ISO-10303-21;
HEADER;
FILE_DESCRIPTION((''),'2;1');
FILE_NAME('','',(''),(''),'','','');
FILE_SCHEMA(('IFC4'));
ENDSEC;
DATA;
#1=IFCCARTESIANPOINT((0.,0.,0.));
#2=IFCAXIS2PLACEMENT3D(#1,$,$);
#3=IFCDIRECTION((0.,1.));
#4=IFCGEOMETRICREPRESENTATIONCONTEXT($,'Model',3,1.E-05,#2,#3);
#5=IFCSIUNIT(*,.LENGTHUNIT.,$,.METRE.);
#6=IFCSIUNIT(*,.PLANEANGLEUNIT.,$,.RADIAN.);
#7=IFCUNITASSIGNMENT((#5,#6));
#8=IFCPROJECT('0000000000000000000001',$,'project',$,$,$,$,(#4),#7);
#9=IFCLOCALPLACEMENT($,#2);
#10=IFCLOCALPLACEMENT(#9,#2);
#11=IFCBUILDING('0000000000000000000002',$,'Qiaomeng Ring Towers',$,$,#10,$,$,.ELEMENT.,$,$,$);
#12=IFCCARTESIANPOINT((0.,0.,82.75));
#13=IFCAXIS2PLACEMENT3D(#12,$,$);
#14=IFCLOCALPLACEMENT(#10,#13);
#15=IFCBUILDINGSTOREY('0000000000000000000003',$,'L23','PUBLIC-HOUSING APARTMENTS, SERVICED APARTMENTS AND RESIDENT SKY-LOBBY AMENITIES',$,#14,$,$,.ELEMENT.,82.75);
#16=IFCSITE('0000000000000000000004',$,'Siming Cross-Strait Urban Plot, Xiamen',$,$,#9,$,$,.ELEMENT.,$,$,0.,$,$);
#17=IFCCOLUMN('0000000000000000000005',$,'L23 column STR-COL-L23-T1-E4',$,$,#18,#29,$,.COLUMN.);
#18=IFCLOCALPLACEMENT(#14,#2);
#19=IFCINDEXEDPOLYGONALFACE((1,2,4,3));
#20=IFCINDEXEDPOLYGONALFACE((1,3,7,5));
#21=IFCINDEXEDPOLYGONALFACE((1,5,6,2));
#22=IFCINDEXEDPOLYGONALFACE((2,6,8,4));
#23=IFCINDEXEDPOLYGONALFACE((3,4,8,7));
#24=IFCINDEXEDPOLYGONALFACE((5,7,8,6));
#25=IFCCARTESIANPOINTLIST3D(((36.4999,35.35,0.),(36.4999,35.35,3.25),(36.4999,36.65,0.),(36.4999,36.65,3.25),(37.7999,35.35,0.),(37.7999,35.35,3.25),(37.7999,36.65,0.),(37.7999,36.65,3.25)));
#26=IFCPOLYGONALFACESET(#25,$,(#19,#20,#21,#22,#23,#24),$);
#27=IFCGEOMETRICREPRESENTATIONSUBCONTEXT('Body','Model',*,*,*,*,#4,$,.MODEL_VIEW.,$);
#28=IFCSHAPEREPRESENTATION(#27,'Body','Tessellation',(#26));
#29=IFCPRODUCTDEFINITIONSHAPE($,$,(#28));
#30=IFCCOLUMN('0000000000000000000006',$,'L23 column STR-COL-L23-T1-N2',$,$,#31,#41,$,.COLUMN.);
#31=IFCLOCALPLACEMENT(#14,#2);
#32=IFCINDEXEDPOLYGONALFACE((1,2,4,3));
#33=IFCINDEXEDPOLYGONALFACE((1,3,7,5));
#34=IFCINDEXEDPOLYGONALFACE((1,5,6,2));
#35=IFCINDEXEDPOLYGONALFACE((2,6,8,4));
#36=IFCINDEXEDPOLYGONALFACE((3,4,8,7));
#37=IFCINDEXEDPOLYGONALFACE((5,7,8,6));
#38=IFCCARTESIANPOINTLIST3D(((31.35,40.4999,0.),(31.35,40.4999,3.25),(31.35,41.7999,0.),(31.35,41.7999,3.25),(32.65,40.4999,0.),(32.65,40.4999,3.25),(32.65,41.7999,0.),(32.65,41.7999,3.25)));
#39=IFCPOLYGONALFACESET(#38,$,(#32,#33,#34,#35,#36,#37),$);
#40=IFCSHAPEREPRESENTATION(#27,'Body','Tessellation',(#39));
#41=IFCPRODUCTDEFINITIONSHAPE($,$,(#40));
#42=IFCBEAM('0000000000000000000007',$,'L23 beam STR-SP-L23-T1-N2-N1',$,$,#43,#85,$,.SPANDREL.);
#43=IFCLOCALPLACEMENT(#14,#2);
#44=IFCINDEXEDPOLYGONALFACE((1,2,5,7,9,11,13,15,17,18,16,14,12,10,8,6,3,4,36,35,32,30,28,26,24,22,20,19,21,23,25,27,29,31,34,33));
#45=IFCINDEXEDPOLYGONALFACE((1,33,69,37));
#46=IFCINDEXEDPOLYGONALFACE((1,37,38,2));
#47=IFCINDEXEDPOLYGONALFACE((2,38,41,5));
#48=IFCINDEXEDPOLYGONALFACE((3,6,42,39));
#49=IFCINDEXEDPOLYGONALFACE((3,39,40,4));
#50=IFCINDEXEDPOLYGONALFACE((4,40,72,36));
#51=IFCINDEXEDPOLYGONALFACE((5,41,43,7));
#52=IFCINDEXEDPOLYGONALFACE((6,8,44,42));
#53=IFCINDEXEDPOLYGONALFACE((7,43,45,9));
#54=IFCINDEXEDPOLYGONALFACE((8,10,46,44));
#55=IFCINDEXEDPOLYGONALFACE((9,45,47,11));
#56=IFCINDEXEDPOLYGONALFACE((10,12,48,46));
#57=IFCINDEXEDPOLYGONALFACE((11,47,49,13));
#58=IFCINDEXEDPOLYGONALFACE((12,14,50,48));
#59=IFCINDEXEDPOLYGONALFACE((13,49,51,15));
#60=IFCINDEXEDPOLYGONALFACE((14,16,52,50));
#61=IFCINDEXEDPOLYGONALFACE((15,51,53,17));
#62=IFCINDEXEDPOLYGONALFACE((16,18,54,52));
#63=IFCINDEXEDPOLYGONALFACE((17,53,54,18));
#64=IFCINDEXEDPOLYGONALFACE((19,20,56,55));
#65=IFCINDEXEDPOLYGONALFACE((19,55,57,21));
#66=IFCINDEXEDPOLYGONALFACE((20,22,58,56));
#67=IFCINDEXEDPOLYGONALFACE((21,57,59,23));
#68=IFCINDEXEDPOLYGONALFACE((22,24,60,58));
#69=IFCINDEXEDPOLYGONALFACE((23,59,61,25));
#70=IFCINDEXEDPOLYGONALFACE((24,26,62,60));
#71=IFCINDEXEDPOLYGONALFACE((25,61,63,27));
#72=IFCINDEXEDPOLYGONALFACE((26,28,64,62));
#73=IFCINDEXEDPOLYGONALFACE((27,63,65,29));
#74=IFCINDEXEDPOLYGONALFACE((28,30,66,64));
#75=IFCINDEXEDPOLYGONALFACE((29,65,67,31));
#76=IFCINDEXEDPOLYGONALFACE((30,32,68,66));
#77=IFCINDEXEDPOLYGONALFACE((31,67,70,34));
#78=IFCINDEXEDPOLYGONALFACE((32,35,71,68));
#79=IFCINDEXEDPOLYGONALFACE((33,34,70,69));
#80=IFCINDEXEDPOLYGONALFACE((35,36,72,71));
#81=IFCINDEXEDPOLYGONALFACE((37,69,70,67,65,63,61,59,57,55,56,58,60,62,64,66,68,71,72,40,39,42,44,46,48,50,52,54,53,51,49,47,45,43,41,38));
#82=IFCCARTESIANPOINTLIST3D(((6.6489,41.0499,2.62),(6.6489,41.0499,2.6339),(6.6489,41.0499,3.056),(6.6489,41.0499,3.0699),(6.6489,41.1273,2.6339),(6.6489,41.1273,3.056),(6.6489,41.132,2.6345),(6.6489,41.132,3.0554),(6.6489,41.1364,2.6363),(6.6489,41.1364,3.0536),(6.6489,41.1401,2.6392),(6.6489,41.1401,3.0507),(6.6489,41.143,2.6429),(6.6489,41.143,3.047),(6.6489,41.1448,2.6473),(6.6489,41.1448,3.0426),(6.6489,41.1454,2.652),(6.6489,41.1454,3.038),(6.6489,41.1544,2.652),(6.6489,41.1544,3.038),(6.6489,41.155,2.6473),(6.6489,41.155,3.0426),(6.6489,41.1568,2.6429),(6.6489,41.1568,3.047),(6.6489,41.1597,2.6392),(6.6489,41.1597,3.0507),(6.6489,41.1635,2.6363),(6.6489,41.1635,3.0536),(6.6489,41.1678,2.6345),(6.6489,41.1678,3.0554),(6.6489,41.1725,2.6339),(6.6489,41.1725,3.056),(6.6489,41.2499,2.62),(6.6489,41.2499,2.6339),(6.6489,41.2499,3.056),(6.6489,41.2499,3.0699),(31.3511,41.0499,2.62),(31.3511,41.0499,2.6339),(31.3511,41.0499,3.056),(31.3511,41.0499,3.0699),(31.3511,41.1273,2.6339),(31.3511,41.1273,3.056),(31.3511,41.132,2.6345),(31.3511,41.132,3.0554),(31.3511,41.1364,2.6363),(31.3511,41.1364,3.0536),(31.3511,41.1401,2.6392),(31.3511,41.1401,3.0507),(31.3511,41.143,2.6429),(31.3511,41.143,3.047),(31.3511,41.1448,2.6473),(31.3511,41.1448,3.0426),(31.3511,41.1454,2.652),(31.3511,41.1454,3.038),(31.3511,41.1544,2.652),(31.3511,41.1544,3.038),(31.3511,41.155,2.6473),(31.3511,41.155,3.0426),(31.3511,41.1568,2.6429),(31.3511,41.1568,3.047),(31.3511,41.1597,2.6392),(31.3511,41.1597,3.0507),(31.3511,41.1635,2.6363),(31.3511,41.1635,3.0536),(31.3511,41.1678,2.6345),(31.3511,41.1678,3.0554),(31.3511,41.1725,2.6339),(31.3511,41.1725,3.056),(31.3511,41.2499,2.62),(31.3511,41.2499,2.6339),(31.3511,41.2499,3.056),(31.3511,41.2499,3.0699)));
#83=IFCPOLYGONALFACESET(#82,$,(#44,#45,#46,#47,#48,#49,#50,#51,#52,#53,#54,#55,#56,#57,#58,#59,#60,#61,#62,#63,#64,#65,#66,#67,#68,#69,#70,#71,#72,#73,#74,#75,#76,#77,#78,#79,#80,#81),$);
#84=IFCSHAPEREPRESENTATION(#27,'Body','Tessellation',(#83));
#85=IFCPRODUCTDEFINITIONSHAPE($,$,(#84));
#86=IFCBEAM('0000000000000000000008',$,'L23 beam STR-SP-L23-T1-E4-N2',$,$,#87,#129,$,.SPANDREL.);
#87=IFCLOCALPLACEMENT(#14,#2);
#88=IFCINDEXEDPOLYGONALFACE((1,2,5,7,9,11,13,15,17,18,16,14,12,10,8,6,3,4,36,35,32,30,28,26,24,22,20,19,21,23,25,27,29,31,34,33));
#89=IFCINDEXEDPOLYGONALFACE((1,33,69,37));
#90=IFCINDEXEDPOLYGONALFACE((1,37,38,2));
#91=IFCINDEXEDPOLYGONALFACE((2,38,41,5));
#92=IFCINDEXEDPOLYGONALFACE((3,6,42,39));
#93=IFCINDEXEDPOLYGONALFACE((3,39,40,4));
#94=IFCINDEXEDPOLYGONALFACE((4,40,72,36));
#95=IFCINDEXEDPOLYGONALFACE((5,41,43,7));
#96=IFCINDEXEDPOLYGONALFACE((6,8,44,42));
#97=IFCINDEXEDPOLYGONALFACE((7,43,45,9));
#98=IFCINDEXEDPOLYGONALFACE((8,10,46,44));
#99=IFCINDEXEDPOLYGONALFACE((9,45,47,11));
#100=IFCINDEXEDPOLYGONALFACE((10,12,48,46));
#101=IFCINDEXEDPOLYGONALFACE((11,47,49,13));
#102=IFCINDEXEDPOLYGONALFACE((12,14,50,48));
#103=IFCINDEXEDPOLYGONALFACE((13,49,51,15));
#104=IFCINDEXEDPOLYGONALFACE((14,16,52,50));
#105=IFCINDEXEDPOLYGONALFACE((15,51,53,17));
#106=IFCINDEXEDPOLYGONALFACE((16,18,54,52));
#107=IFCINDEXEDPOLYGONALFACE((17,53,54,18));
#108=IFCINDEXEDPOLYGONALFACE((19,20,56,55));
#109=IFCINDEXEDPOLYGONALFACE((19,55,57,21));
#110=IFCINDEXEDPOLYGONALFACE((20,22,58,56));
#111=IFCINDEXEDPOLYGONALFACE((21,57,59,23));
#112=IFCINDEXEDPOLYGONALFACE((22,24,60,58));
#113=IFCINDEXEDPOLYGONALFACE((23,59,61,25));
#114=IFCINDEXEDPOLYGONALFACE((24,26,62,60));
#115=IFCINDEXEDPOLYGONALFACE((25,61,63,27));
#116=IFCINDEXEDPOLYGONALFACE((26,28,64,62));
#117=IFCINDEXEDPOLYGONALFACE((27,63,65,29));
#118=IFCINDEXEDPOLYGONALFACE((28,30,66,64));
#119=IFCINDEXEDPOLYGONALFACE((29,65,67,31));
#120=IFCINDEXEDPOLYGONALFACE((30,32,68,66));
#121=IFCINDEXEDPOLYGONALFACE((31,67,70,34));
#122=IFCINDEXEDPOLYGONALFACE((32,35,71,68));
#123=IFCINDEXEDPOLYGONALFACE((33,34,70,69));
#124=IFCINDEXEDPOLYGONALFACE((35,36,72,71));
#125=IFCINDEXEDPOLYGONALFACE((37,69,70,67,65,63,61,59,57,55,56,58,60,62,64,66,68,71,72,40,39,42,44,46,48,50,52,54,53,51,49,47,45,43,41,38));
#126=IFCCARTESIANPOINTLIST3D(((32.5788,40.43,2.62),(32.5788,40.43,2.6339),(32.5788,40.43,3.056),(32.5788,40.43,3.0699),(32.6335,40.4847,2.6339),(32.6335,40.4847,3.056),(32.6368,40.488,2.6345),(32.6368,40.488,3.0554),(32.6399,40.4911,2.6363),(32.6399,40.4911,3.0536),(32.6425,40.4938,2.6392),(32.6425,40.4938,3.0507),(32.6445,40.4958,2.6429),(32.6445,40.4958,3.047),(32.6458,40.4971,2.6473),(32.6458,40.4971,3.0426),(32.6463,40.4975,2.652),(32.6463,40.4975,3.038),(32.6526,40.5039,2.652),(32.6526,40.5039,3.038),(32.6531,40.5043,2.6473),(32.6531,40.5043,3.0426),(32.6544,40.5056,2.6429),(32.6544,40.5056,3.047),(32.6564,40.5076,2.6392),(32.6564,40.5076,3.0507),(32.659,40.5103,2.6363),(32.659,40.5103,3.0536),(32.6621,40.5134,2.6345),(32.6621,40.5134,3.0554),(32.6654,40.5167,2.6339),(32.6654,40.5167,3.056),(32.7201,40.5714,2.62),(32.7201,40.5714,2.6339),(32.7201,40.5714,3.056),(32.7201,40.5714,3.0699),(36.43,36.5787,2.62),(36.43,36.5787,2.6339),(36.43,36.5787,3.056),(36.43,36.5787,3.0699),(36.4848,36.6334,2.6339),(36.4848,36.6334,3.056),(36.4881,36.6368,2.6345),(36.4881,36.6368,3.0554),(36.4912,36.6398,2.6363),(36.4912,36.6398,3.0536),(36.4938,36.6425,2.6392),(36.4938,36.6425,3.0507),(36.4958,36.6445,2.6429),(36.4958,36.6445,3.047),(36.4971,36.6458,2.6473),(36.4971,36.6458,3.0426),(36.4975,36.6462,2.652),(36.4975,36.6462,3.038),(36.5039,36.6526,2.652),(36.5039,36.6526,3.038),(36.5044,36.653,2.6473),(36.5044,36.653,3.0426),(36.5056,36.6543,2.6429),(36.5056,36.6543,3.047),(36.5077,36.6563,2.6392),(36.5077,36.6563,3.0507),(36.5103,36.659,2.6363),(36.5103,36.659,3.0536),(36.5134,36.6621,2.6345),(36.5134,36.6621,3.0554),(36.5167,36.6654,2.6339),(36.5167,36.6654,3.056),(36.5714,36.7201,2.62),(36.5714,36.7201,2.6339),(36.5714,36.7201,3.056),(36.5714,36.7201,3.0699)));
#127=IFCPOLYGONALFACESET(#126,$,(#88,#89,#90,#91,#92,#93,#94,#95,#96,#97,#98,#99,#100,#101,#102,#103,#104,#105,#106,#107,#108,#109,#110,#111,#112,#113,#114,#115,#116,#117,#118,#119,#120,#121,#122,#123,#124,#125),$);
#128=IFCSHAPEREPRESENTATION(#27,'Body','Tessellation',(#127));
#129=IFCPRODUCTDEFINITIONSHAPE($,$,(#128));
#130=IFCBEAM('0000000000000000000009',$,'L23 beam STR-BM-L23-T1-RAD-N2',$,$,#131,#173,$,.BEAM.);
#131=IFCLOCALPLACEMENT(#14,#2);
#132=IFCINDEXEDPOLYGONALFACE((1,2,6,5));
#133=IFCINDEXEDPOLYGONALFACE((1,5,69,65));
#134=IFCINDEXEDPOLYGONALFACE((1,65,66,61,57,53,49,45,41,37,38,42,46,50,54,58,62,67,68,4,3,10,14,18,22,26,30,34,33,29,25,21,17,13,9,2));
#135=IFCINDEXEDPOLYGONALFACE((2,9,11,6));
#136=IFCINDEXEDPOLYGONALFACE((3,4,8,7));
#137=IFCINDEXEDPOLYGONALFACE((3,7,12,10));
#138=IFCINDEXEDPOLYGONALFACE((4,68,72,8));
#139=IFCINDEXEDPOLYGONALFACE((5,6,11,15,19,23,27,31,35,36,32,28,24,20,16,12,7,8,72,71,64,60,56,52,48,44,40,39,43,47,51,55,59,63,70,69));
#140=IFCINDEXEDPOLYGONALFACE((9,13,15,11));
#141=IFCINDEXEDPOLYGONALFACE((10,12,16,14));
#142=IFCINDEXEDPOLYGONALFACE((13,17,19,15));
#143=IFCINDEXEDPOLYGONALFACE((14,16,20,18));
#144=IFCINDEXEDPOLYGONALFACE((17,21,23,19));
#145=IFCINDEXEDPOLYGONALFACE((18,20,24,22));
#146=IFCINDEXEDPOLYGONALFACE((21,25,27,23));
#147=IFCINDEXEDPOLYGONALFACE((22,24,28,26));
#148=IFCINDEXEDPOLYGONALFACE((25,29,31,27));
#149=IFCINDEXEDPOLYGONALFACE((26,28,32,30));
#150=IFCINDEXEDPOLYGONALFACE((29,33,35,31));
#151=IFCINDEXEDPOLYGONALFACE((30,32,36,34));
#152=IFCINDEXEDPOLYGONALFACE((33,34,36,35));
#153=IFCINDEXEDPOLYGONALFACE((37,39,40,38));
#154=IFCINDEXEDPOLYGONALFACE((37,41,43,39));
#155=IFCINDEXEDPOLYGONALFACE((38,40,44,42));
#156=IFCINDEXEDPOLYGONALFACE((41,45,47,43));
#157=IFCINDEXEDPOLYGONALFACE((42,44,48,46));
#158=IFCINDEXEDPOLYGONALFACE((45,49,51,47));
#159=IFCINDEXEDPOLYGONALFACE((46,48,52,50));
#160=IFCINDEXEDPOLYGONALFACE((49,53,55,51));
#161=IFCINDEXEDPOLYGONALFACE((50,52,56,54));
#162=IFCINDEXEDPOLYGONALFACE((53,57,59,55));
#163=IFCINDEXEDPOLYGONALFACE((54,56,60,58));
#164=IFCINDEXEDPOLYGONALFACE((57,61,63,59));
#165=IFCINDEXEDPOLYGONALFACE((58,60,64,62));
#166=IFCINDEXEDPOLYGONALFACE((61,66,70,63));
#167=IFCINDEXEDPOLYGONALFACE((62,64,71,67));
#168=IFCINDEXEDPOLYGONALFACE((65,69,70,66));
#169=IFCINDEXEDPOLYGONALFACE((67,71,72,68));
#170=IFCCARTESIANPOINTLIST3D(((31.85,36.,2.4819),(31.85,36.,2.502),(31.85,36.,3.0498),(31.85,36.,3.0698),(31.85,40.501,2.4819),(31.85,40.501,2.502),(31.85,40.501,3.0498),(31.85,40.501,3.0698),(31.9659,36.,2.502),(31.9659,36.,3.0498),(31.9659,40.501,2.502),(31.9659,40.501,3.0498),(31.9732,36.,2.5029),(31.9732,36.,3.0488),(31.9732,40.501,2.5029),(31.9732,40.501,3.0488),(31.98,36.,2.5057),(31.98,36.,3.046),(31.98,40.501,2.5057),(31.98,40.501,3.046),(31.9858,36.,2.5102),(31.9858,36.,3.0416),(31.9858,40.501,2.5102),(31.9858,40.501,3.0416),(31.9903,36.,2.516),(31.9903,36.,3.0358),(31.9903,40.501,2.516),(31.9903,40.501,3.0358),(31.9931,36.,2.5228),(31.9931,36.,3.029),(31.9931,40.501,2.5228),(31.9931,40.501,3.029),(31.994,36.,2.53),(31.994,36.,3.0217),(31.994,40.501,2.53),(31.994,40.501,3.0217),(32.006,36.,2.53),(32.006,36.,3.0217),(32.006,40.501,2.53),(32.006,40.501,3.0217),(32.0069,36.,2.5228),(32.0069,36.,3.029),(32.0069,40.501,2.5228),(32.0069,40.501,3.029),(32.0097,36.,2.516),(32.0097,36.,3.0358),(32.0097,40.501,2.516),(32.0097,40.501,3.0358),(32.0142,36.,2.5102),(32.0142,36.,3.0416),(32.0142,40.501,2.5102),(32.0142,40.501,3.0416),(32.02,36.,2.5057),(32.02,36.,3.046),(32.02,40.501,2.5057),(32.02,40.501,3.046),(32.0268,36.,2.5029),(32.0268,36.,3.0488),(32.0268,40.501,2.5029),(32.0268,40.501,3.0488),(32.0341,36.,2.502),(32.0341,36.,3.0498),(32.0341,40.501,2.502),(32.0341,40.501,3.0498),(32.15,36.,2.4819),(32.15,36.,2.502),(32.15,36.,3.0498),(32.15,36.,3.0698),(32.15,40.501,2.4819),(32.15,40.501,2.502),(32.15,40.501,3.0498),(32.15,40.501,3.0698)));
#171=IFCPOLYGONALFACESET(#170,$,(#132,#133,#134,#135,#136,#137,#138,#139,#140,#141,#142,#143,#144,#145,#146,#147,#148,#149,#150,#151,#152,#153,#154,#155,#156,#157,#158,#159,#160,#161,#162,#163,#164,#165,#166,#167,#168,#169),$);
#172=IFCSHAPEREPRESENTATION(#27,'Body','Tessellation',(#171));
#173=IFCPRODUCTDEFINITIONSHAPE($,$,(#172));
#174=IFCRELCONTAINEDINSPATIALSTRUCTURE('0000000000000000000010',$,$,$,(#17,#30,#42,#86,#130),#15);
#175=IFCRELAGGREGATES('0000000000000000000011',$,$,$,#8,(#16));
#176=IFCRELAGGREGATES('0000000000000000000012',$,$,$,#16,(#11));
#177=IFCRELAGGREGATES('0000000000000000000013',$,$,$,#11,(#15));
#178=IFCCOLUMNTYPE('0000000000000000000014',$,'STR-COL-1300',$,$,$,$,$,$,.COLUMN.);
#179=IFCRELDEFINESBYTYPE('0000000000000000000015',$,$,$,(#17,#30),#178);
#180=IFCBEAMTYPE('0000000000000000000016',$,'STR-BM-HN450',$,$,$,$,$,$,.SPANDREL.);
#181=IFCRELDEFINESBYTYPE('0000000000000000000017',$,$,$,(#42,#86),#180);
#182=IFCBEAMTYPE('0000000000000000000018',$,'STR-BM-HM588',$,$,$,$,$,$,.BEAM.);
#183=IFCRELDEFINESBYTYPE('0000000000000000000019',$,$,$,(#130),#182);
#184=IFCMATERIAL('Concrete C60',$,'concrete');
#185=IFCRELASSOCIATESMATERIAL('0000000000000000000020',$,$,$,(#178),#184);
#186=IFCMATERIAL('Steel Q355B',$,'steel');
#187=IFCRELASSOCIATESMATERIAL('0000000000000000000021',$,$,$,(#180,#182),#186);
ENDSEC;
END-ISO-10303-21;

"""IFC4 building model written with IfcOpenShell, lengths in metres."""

from ifc_helpers import new_model, si_unit, direction, frame, origin, origin_2d, place, context, subcontext, project, spatial, rectangle, i_section, extrude, source, transform, mapped, material, material_profile, profile_set, type_object, element, save


model = new_model("IFC4")

# Units and contexts
model_context = context("Model", 3, precision=1e-05, world=origin(), true_north=direction((0.0, 1.0)))
body_context = subcontext(model_context, "Body", "Model", "MODEL_VIEW")
ifc_project = project(units=[si_unit("LENGTHUNIT", "METRE"), si_unit("PLANEANGLEUNIT", "RADIAN")], contexts=[model_context])

# Site, building, storey
site_placement = place(None, origin())
site = spatial("IfcSite", under=ifc_project, at=site_placement, Name="Siming Cross-Strait Urban Plot, Xiamen", CompositionType="ELEMENT", RefElevation=0.0)
building_placement = place(site_placement, origin())
building = spatial("IfcBuilding", under=site, at=building_placement, Name="Qiaomeng Ring Towers", CompositionType="ELEMENT")
storey_placement = place(building_placement, frame((0.0, 0.0, 82.75)))
storey = spatial("IfcBuildingStorey", under=building, at=storey_placement, Name="L23", Description="PUBLIC-HOUSING APARTMENTS, SERVICED APARTMENTS AND RESIDENT SKY-LOBBY AMENITIES", CompositionType="ELEMENT", Elevation=82.75)

# Columns
ifc_material_1 = material(Name="Concrete C60", Category="concrete")
ifc_material_profile_1 = material_profile(ifc_material_1, rectangle(XDim=1.3, YDim=1.3, at=origin_2d()), Name="RC COL 1300x1300")
ifc_profile_set_1 = profile_set([ifc_material_profile_1], Name="Concrete C60")
column_type = type_object("IfcColumnType", Name="STR-COL-1300", PredefinedType="COLUMN", material=ifc_profile_set_1)
shared_shape_1 = source(origin(), body_context, "Body", "SweptSolid", [
    extrude(rectangle(XDim=1.3, YDim=1.3, at=origin_2d()), origin(), (0.0, 0.0, 1.0), 3.25),
])
for number, where, z_axis, x_axis, name in (
    (1, (37.1499, 36.0, 0.0), (0.0, 0.0, 1.0), (1.0, 0.0, 0.0), "L23 column STR-COL-L23-T1-E4"),
    (2, (32.0, 41.1499, 0.0), (0.0, 0.0, 1.0), (1.0, 0.0, 0.0), "L23 column STR-COL-L23-T1-N2"),
):
    element("IfcColumn", number, at=place(storey_placement, frame(where, z_axis=z_axis, x_axis=x_axis)), inside=storey, type_object=column_type, Name=name, PredefinedType="COLUMN", context=body_context, shape_type="MappedRepresentation", body=[
        mapped(shared_shape_1, transform((0.0, 0.0, 0.0), x_axis=(1.0, 0.0, 0.0), y_axis=(0.0, 1.0, 0.0), z_axis=(0.0, 0.0, 1.0), scale=1.0)),
    ])

# Beams
ifc_material_2 = material(Name="Steel Q355B", Category="steel")
ifc_material_profile_2 = material_profile(ifc_material_2, i_section(OverallWidth=0.2, OverallDepth=0.45, WebThickness=0.009, FlangeThickness=0.0139, FilletRadius=0.0181, at=origin_2d()), Name="HN 450x200x9x14")
ifc_profile_set_2 = profile_set([ifc_material_profile_2], Name="Steel Q355B")
beam_type_1 = type_object("IfcBeamType", Name="STR-BM-HN450", PredefinedType="SPANDREL", material=ifc_profile_set_2)
shared_shape_2 = source(origin(), body_context, "Body", "SweptSolid", [
    extrude(i_section(OverallWidth=0.2, OverallDepth=0.45, WebThickness=0.009, FlangeThickness=0.0139, FilletRadius=0.0181, at=origin_2d()), origin(), (0.0, 0.0, 1.0), 24.7021),
])
beam_1_placement = place(storey_placement, frame((31.3511, 41.1499, 2.845), z_axis=(-1.0, 0.0, 0.0), x_axis=(0.0, -1.0, 0.0)))
element("IfcBeam", 3, at=beam_1_placement, inside=storey, type_object=beam_type_1, Name="L23 beam STR-SP-L23-T1-N2-N1", PredefinedType="SPANDREL", context=body_context, shape_type="MappedRepresentation", body=[
    mapped(shared_shape_2, transform((0.0, 0.0, 0.0), x_axis=(1.0, 0.0, 0.0), y_axis=(0.0, 1.0, 0.0), z_axis=(0.0, 0.0, 1.0), scale=1.0)),
])
shared_shape_3 = source(origin(), body_context, "Body", "SweptSolid", [
    extrude(i_section(OverallWidth=0.2, OverallDepth=0.45, WebThickness=0.009, FlangeThickness=0.0139, FilletRadius=0.0181, at=origin_2d()), origin(), (0.0, 0.0, 1.0), 5.4465),
])
beam_2_placement = place(storey_placement, frame((36.5007, 36.6494, 2.845), z_axis=(-0.707107, 0.707107, 0.0), x_axis=(-0.707107, -0.707107, 0.0)))
element("IfcBeam", 4, at=beam_2_placement, inside=storey, type_object=beam_type_1, Name="L23 beam STR-SP-L23-T1-E4-N2", PredefinedType="SPANDREL", context=body_context, shape_type="MappedRepresentation", body=[
    mapped(shared_shape_3, transform((0.0, 0.0, 0.0), x_axis=(1.0, 0.0, 0.0), y_axis=(0.0, 1.0, 0.0), z_axis=(0.0, 0.0, 1.0), scale=1.0)),
])
ifc_material_profile_3 = material_profile(ifc_material_2, i_section(OverallWidth=0.3, OverallDepth=0.5879, WebThickness=0.012, FlangeThickness=0.02, FilletRadius=0.0281, at=origin_2d()), Name="HM 588x300x12x20")
ifc_profile_set_3 = profile_set([ifc_material_profile_3], Name="Steel Q355B")
beam_type_2 = type_object("IfcBeamType", Name="STR-BM-HM588", PredefinedType="BEAM", material=ifc_profile_set_3)
shared_shape_4 = source(origin(), body_context, "Body", "SweptSolid", [
    extrude(i_section(OverallWidth=0.3, OverallDepth=0.5879, WebThickness=0.012, FlangeThickness=0.02, FilletRadius=0.0281, at=origin_2d()), origin(), (0.0, 0.0, 1.0), 4.501),
])
beam_3_placement = place(storey_placement, frame((32.0, 40.501, 2.7759), z_axis=(0.0, -1.0, 0.0), x_axis=(1.0, 0.0, 0.0)))
element("IfcBeam", 5, at=beam_3_placement, inside=storey, type_object=beam_type_2, Name="L23 beam STR-BM-L23-T1-RAD-N2", PredefinedType="BEAM", context=body_context, shape_type="MappedRepresentation", body=[
    mapped(shared_shape_4, transform((0.0, 0.0, 0.0), x_axis=(1.0, 0.0, 0.0), y_axis=(0.0, 1.0, 0.0), z_axis=(0.0, 0.0, 1.0), scale=1.0)),
])

save(model, "model.ifc")
